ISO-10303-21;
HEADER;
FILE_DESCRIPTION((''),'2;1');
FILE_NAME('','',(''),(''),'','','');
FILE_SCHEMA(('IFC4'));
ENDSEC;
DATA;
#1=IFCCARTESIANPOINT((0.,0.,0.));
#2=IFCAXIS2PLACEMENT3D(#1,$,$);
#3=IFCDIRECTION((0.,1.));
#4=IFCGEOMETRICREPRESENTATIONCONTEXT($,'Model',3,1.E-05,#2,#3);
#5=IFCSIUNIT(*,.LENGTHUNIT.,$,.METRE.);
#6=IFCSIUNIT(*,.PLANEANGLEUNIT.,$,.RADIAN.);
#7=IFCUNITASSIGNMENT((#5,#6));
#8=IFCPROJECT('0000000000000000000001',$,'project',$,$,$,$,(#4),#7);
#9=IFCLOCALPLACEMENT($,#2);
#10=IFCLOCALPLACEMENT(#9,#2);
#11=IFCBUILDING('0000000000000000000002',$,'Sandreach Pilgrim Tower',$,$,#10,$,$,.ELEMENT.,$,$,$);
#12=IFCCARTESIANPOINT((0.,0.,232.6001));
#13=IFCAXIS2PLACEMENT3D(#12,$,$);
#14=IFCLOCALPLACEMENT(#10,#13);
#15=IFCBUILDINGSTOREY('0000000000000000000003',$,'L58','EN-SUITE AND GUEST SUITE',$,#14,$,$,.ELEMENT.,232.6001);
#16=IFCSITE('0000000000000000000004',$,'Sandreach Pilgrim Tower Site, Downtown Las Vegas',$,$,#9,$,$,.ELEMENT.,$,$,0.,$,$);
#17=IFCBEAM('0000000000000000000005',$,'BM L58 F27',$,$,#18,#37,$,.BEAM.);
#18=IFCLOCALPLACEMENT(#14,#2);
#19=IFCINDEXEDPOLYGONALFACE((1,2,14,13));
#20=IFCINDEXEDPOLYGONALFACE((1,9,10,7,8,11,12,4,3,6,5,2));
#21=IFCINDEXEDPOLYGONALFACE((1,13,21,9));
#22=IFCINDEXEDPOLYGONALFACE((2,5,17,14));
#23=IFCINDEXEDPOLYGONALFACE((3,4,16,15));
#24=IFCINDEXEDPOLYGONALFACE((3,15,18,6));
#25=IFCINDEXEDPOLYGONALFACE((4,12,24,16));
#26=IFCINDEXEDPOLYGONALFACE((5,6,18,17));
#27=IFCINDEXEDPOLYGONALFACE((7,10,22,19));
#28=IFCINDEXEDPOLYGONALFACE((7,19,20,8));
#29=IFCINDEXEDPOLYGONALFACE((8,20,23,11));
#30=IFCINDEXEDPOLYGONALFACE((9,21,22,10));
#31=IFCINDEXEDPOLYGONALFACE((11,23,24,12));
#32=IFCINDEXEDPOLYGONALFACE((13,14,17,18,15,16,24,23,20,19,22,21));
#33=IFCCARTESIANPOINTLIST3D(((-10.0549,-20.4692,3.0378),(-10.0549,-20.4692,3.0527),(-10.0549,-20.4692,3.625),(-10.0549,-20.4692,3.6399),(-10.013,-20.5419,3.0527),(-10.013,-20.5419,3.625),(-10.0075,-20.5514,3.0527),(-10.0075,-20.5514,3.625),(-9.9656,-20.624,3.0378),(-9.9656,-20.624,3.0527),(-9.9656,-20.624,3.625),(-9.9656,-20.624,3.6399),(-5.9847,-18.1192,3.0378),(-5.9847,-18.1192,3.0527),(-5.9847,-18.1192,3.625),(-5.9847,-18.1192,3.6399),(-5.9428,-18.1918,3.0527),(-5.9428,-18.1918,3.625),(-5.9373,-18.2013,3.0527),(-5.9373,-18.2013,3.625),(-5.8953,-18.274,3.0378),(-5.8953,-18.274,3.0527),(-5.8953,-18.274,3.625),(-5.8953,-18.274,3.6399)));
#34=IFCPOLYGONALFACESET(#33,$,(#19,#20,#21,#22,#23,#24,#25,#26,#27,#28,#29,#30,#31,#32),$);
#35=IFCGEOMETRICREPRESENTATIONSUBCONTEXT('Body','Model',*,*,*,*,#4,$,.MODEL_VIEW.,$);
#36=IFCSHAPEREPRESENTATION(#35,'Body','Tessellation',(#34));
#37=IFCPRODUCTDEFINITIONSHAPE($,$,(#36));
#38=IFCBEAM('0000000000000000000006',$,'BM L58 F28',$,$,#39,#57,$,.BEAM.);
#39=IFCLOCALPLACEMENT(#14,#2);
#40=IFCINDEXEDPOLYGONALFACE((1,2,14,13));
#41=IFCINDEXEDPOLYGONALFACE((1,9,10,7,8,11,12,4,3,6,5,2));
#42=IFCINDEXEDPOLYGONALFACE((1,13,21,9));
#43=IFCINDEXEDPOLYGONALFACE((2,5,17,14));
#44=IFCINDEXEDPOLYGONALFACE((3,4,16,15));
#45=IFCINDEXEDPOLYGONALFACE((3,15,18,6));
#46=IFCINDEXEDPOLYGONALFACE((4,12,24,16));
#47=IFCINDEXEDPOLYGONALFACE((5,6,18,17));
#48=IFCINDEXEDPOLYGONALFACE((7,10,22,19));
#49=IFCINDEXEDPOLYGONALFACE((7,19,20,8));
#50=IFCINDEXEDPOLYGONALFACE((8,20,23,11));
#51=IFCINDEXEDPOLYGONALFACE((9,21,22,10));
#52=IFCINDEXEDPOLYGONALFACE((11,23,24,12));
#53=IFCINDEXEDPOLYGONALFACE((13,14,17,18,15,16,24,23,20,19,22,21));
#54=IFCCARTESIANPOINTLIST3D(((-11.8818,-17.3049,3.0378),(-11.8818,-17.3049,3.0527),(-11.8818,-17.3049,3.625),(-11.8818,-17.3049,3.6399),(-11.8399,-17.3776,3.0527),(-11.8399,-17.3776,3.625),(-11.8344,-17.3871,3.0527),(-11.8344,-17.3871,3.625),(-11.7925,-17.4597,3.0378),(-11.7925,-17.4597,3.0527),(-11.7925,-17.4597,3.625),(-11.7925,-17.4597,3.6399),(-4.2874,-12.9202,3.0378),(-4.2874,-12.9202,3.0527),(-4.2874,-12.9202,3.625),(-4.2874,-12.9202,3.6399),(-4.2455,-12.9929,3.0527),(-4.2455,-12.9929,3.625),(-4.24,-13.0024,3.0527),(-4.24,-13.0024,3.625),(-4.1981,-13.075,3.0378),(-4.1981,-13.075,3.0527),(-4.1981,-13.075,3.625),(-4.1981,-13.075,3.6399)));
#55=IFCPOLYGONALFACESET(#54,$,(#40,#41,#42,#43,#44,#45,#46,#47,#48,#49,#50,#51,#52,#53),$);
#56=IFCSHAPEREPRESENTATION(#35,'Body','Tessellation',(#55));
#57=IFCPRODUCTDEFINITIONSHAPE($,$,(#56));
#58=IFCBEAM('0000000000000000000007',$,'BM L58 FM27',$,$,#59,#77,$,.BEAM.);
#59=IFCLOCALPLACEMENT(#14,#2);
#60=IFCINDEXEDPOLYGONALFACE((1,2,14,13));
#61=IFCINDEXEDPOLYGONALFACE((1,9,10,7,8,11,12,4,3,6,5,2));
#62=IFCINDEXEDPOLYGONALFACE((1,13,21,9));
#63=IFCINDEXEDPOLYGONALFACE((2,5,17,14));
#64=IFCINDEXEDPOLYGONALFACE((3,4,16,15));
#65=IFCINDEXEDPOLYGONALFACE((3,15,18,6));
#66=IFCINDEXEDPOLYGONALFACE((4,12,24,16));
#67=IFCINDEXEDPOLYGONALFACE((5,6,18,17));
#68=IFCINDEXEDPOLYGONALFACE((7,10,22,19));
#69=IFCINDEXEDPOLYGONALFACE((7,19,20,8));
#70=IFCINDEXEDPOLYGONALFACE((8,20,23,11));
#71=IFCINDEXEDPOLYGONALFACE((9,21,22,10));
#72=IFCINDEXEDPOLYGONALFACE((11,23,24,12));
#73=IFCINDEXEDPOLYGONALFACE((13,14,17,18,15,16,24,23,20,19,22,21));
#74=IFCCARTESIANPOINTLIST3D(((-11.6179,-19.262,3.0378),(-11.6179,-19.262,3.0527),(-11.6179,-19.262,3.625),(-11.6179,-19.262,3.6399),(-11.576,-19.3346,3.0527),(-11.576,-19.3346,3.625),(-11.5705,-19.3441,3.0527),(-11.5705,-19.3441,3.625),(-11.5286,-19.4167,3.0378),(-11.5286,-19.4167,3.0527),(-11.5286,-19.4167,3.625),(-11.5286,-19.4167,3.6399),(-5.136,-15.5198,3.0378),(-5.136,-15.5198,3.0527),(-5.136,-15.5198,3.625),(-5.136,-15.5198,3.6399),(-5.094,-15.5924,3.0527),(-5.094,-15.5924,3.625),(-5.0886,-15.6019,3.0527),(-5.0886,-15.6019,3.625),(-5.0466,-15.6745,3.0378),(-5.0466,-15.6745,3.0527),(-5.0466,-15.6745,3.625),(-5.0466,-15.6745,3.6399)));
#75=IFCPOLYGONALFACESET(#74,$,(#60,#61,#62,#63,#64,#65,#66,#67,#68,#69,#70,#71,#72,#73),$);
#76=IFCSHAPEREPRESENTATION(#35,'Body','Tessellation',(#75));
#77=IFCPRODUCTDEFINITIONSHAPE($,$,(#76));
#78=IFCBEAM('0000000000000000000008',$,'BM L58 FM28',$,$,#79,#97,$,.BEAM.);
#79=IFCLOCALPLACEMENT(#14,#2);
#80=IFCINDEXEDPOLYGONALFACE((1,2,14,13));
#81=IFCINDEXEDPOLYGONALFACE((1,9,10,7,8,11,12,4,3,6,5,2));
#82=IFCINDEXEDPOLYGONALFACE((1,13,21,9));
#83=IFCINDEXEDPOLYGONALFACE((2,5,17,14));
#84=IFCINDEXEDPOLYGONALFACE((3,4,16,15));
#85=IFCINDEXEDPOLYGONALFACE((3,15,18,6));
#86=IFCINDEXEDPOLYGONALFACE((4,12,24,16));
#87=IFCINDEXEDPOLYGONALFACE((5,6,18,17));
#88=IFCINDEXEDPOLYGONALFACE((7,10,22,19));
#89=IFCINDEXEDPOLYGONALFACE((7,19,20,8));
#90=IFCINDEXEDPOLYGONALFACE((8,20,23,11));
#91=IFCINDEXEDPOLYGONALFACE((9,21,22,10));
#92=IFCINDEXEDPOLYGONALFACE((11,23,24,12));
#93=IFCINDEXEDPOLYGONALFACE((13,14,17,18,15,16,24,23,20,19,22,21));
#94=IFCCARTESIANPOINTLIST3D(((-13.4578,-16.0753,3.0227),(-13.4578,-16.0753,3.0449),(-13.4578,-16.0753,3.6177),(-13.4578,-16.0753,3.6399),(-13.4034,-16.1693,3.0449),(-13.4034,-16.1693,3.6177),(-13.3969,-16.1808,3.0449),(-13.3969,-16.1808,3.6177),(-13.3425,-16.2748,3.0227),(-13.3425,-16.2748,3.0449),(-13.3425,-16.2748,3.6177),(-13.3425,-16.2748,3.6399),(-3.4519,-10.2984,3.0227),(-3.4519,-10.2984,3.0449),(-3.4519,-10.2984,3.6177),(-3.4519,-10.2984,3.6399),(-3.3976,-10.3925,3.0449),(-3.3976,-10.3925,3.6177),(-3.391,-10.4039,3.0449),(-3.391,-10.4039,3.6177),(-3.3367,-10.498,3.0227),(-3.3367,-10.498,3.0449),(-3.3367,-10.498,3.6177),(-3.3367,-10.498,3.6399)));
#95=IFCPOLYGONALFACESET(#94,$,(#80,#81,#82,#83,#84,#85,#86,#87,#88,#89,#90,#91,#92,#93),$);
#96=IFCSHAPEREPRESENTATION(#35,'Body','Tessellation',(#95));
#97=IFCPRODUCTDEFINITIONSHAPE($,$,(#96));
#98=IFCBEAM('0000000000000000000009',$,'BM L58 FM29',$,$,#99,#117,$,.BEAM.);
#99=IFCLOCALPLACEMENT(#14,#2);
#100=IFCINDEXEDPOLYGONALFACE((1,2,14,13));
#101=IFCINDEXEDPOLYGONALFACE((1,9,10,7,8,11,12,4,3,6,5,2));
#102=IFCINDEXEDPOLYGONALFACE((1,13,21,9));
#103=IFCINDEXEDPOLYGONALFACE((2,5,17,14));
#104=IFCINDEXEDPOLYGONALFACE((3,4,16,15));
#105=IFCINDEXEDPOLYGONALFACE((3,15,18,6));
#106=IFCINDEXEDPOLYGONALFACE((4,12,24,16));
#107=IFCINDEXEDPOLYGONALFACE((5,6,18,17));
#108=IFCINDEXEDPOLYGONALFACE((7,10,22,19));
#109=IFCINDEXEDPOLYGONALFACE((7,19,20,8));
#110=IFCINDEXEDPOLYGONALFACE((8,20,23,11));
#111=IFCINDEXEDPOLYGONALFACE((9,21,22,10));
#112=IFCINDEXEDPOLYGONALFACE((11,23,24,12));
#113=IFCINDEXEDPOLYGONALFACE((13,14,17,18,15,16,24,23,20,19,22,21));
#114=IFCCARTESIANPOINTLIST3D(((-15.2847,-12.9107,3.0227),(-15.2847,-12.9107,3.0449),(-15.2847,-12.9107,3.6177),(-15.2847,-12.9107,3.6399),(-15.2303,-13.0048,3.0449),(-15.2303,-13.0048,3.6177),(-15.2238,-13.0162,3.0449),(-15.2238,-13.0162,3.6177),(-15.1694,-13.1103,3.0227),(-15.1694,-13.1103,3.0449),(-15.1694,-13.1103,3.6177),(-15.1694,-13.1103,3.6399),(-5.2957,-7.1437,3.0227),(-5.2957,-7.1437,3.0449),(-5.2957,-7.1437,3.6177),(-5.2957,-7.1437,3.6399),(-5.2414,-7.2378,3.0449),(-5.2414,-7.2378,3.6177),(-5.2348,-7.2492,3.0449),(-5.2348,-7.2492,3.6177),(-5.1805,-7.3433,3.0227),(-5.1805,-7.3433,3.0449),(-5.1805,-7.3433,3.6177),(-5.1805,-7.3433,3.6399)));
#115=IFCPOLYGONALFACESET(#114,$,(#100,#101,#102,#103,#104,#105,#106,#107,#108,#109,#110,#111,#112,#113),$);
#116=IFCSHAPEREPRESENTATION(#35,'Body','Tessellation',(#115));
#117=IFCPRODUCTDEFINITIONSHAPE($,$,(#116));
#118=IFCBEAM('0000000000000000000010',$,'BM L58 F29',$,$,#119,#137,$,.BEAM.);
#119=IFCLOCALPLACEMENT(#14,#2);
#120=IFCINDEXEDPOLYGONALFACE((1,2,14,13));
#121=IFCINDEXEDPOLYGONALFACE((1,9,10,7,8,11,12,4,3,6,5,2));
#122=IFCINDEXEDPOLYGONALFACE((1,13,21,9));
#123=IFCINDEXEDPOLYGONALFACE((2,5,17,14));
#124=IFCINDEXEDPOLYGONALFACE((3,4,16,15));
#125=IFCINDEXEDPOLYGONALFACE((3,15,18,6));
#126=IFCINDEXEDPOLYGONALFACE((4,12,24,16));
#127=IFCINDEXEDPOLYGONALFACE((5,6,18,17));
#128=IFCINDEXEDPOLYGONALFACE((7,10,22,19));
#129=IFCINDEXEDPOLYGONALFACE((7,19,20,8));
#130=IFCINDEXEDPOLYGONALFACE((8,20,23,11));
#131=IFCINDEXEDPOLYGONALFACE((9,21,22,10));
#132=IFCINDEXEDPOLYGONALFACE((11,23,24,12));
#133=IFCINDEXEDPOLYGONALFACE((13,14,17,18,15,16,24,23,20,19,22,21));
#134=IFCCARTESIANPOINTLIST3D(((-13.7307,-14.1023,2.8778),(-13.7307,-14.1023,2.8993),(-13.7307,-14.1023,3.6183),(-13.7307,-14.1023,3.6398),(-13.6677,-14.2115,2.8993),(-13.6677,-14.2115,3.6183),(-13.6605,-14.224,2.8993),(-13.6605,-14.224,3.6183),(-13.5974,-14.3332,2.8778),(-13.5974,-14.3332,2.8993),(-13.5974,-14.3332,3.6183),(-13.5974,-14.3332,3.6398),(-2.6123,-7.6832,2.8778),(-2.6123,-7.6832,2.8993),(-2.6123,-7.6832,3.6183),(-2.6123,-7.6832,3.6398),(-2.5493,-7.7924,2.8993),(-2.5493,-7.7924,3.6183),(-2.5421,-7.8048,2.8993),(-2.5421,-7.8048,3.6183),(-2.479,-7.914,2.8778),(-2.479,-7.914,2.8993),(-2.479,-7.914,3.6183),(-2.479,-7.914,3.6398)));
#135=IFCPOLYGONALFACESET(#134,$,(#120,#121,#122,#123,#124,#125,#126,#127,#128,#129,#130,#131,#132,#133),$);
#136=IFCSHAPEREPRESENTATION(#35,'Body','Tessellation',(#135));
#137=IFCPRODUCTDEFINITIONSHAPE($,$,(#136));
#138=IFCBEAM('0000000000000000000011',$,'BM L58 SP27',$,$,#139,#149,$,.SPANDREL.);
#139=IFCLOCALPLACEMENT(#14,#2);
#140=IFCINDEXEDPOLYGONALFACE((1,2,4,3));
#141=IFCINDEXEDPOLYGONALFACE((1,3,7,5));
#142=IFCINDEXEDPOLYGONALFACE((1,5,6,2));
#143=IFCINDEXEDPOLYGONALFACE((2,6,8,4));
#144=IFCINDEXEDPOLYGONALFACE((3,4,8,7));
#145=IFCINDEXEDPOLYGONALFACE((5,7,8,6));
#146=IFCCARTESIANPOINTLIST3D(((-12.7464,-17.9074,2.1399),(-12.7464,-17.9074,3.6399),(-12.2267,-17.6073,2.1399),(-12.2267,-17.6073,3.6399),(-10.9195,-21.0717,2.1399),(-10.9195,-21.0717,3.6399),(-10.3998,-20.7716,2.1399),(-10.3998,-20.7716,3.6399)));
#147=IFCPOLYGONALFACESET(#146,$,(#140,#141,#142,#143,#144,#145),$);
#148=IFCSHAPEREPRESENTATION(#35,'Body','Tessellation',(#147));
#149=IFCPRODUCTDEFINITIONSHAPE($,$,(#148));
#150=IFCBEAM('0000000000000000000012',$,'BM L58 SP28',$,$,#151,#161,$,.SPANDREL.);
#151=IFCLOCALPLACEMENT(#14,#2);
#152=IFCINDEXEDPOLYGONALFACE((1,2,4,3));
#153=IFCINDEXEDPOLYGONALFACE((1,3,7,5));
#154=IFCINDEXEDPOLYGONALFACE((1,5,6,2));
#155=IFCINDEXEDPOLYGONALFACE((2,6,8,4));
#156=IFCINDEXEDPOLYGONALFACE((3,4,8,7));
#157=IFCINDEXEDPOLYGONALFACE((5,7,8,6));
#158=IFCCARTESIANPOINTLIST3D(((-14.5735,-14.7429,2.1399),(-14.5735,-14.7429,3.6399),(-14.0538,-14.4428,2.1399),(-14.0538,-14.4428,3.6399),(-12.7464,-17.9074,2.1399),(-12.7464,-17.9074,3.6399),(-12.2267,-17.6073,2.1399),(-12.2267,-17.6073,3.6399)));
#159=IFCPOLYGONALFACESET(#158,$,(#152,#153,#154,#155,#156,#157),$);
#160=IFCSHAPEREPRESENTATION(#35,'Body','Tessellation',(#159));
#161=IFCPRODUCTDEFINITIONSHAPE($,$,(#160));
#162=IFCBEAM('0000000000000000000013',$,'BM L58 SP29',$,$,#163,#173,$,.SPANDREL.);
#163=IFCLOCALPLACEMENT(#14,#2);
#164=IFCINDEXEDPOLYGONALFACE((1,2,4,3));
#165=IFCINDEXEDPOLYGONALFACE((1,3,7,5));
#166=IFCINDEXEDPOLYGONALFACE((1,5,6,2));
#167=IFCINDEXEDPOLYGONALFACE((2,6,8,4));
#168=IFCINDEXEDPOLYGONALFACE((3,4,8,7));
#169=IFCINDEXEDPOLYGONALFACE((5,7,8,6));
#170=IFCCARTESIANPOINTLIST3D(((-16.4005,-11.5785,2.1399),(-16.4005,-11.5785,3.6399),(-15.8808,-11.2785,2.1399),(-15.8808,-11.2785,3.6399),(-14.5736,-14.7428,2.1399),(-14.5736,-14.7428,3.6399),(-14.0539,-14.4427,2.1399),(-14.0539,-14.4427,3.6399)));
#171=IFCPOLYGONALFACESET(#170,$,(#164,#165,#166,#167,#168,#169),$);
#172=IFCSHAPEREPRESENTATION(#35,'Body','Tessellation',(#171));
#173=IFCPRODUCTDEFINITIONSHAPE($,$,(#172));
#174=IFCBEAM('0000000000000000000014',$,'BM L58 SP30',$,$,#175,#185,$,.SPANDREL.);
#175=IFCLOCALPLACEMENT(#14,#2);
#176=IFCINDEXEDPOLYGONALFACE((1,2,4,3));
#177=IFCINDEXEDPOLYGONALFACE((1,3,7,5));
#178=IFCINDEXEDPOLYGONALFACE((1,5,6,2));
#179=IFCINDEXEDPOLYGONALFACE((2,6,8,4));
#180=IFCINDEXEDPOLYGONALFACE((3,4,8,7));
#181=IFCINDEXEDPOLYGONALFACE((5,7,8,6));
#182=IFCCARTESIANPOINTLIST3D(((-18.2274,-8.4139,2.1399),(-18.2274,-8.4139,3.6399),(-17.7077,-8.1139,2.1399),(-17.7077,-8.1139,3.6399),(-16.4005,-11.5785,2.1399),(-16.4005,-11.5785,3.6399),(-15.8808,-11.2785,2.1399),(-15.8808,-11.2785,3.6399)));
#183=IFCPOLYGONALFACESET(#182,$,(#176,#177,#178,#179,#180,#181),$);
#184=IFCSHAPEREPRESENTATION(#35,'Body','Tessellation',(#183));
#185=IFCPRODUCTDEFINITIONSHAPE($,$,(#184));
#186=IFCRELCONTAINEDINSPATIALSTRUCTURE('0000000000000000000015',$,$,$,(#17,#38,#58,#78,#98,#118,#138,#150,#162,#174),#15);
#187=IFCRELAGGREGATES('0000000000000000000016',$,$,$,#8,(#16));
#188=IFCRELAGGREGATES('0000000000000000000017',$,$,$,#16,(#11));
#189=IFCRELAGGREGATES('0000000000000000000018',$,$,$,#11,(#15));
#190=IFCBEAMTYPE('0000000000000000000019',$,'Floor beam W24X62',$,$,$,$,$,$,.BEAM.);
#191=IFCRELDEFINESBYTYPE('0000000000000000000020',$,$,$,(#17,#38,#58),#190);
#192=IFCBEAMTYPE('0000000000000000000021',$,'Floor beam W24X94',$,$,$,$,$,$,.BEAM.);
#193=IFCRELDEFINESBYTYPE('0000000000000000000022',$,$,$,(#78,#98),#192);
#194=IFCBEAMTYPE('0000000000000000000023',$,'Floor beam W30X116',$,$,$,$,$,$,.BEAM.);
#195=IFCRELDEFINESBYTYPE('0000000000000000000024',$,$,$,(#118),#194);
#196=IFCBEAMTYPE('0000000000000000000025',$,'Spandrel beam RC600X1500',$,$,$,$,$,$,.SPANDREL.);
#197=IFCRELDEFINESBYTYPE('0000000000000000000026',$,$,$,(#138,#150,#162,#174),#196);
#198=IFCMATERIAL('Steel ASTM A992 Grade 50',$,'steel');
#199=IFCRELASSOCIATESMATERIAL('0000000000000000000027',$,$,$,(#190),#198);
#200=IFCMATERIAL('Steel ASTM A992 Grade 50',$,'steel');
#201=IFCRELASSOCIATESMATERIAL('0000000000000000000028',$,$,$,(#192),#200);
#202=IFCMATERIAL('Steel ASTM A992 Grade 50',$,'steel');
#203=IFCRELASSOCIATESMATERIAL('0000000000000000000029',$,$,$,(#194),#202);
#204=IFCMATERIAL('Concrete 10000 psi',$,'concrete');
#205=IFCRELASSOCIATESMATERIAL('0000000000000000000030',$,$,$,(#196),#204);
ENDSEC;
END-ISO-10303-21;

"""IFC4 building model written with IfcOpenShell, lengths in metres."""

from ifc_helpers import new_model, si_unit, direction, frame, origin, origin_2d, place, context, subcontext, project, spatial, rectangle, i_section, extrude, material, material_profile, profile_set, type_object, element, save


model = new_model("IFC4")

# Units and contexts
model_context = context("Model", 3, precision=1e-05, world=origin(), true_north=direction((0.0, 1.0)))
body_context = subcontext(model_context, "Body", "Model", "MODEL_VIEW")
ifc_project = project(units=[si_unit("LENGTHUNIT", "METRE"), si_unit("PLANEANGLEUNIT", "RADIAN")], contexts=[model_context])

# Site, building, storey
site_placement = place(None, origin())
site = spatial("IfcSite", under=ifc_project, at=site_placement, Name="Sandreach Pilgrim Tower Site, Downtown Las Vegas", CompositionType="ELEMENT", RefElevation=0.0)
building_placement = place(site_placement, origin())
building = spatial("IfcBuilding", under=site, at=building_placement, Name="Sandreach Pilgrim Tower", CompositionType="ELEMENT")
storey_placement = place(building_placement, frame((0.0, 0.0, 232.6001)))
storey = spatial("IfcBuildingStorey", under=building, at=storey_placement, Name="L58", Description="EN-SUITE AND GUEST SUITE", CompositionType="ELEMENT", Elevation=232.6001)

# Beams
ifc_material_1 = material(Name="Steel ASTM A992 Grade 50", Category="steel")
ifc_material_profile_1 = material_profile(ifc_material_1, i_section(OverallWidth=0.1787, OverallDepth=0.6021, WebThickness=0.011, FlangeThickness=0.0149, at=origin_2d()), Name="W24X62")
ifc_profile_set_1 = profile_set([ifc_material_profile_1], Name="Steel ASTM A992 Grade 50")
beam_type_1 = type_object("IfcBeamType", Name="Floor beam W24X62", PredefinedType="BEAM", material=ifc_profile_set_1)
beam_1_placement = place(storey_placement, frame((-10.0103, -20.5466, 3.3389), z_axis=(0.866016, 0.500016, 0.0), x_axis=(-0.500016, 0.866016, 0.0)))
element("IfcBeam", 1, at=beam_1_placement, inside=storey, type_object=beam_type_1, Name="BM L58 F27", PredefinedType="BEAM", context=body_context, shape_type="SweptSolid", body=[
    extrude(i_section(OverallWidth=0.1787, OverallDepth=0.6021, WebThickness=0.011, FlangeThickness=0.0149, at=origin_2d()), origin(), (0.0, 0.0, 1.0), 4.7),
])
beam_2_placement = place(storey_placement, frame((-11.8372, -17.3823, 3.3389), z_axis=(0.866021, 0.500008, 0.0), x_axis=(-0.500008, 0.866021, 0.0)))
element("IfcBeam", 2, at=beam_2_placement, inside=storey, type_object=beam_type_1, Name="BM L58 F28", PredefinedType="BEAM", context=body_context, shape_type="SweptSolid", body=[
    extrude(i_section(OverallWidth=0.1787, OverallDepth=0.6021, WebThickness=0.011, FlangeThickness=0.0149, at=origin_2d()), origin(), (0.0, 0.0, 1.0), 8.7693),
])
beam_3_placement = place(storey_placement, frame((-11.5732, -19.3394, 3.3389), z_axis=(0.866035, 0.499984, 0.0), x_axis=(-0.499984, 0.866035, 0.0)))
element("IfcBeam", 3, at=beam_3_placement, inside=storey, type_object=beam_type_1, Name="BM L58 FM27", PredefinedType="BEAM", context=body_context, shape_type="SweptSolid", body=[
    extrude(i_section(OverallWidth=0.1787, OverallDepth=0.6021, WebThickness=0.011, FlangeThickness=0.0149, at=origin_2d()), origin(), (0.0, 0.0, 1.0), 7.4846),
])
ifc_material_2 = material(Name="Steel ASTM A992 Grade 50", Category="steel")
ifc_material_profile_2 = material_profile(ifc_material_2, i_section(OverallWidth=0.2305, OverallDepth=0.6172, WebThickness=0.0132, FlangeThickness=0.0222, at=origin_2d()), Name="W24X94")
ifc_profile_set_2 = profile_set([ifc_material_profile_2], Name="Steel ASTM A992 Grade 50")
beam_type_2 = type_object("IfcBeamType", Name="Floor beam W24X94", PredefinedType="BEAM", material=ifc_profile_set_2)
beam_4_placement = place(storey_placement, frame((-13.4001, -16.175, 3.3313), z_axis=(0.866027, 0.499998, 0.0), x_axis=(-0.499998, 0.866027, 0.0)))
element("IfcBeam", 4, at=beam_4_placement, inside=storey, type_object=beam_type_2, Name="BM L58 FM28", PredefinedType="BEAM", context=body_context, shape_type="SweptSolid", body=[
    extrude(i_section(OverallWidth=0.2305, OverallDepth=0.6172, WebThickness=0.0132, FlangeThickness=0.0222, at=origin_2d()), origin(), (0.0, 0.0, 1.0), 11.5537),
])
beam_5_placement = place(storey_placement, frame((-15.2271, -13.0105, 3.3313), z_axis=(0.866028, 0.499995, 0.0), x_axis=(-0.499995, 0.866028, 0.0)))
element("IfcBeam", 5, at=beam_5_placement, inside=storey, type_object=beam_type_2, Name="BM L58 FM29", PredefinedType="BEAM", context=body_context, shape_type="SweptSolid", body=[
    extrude(i_section(OverallWidth=0.2305, OverallDepth=0.6172, WebThickness=0.0132, FlangeThickness=0.0222, at=origin_2d()), origin(), (0.0, 0.0, 1.0), 11.5342),
])
ifc_material_3 = material(Name="Steel ASTM A992 Grade 50", Category="steel")
ifc_material_profile_3 = material_profile(ifc_material_3, i_section(OverallWidth=0.2666, OverallDepth=0.762, WebThickness=0.0144, FlangeThickness=0.0215, at=origin_2d()), Name="W30X116")
ifc_profile_set_3 = profile_set([ifc_material_profile_3], Name="Steel ASTM A992 Grade 50")
beam_type_3 = type_object("IfcBeamType", Name="Floor beam W30X116", PredefinedType="BEAM", material=ifc_profile_set_3)
beam_6_placement = place(storey_placement, frame((-13.6641, -14.2178, 3.2588), z_axis=(0.866026, 0.499998, 0.0), x_axis=(-0.499998, 0.866026, 0.0)))
element("IfcBeam", 6, at=beam_6_placement, inside=storey, type_object=beam_type_3, Name="BM L58 F29", PredefinedType="BEAM", context=body_context, shape_type="SweptSolid", body=[
    extrude(i_section(OverallWidth=0.2666, OverallDepth=0.762, WebThickness=0.0144, FlangeThickness=0.0215, at=origin_2d()), origin(), (0.0, 0.0, 1.0), 12.8384),
])
ifc_material_4 = material(Name="Concrete 10000 psi", Category="concrete")
ifc_material_profile_4 = material_profile(ifc_material_4, rectangle(XDim=0.6001, YDim=1.5, at=origin_2d()), Name="RC600X1500")
ifc_profile_set_4 = profile_set([ifc_material_profile_4], Name="Concrete 10000 psi")
beam_type_4 = type_object("IfcBeamType", Name="Spandrel beam RC600X1500", PredefinedType="SPANDREL", material=ifc_profile_set_4)
beam_7_placement = place(storey_placement, frame((-10.6597, -20.9216, 2.8899), z_axis=(-0.499998, 0.866026, 0.0), x_axis=(-0.866026, -0.499998, 0.0)))
element("IfcBeam", 7, at=beam_7_placement, inside=storey, type_object=beam_type_4, Name="BM L58 SP27", PredefinedType="SPANDREL", context=body_context, shape_type="SweptSolid", body=[
    extrude(rectangle(XDim=0.6001, YDim=1.5, at=origin_2d()), origin(), (0.0, 0.0, 1.0), 3.6538),
])
beam_8_placement = place(storey_placement, frame((-12.4866, -17.7573, 2.8899), z_axis=(-0.500019, 0.866014, 0.0), x_axis=(-0.866014, -0.500019, 0.0)))
element("IfcBeam", 8, at=beam_8_placement, inside=storey, type_object=beam_type_4, Name="BM L58 SP28", PredefinedType="SPANDREL", context=body_context, shape_type="SweptSolid", body=[
    extrude(rectangle(XDim=0.6001, YDim=1.5, at=origin_2d()), origin(), (0.0, 0.0, 1.0), 3.6541),
])
beam_9_placement = place(storey_placement, frame((-14.3137, -14.5928, 2.8899), z_axis=(-0.499998, 0.866026, 0.0), x_axis=(-0.866026, -0.499998, 0.0)))
element("IfcBeam", 9, at=beam_9_placement, inside=storey, type_object=beam_type_4, Name="BM L58 SP29", PredefinedType="SPANDREL", context=body_context, shape_type="SweptSolid", body=[
    extrude(rectangle(XDim=0.6001, YDim=1.5, at=origin_2d()), origin(), (0.0, 0.0, 1.0), 3.6538),
])
beam_10_placement = place(storey_placement, frame((-16.1406, -11.4285, 2.8899), z_axis=(-0.499969, 0.866043, 0.0), x_axis=(-0.866043, -0.499969, 0.0)))
element("IfcBeam", 10, at=beam_10_placement, inside=storey, type_object=beam_type_4, Name="BM L58 SP30", PredefinedType="SPANDREL", context=body_context, shape_type="SweptSolid", body=[
    extrude(rectangle(XDim=0.6001, YDim=1.5, at=origin_2d()), origin(), (0.0, 0.0, 1.0), 3.6541),
])

save(model, "model.ifc")
